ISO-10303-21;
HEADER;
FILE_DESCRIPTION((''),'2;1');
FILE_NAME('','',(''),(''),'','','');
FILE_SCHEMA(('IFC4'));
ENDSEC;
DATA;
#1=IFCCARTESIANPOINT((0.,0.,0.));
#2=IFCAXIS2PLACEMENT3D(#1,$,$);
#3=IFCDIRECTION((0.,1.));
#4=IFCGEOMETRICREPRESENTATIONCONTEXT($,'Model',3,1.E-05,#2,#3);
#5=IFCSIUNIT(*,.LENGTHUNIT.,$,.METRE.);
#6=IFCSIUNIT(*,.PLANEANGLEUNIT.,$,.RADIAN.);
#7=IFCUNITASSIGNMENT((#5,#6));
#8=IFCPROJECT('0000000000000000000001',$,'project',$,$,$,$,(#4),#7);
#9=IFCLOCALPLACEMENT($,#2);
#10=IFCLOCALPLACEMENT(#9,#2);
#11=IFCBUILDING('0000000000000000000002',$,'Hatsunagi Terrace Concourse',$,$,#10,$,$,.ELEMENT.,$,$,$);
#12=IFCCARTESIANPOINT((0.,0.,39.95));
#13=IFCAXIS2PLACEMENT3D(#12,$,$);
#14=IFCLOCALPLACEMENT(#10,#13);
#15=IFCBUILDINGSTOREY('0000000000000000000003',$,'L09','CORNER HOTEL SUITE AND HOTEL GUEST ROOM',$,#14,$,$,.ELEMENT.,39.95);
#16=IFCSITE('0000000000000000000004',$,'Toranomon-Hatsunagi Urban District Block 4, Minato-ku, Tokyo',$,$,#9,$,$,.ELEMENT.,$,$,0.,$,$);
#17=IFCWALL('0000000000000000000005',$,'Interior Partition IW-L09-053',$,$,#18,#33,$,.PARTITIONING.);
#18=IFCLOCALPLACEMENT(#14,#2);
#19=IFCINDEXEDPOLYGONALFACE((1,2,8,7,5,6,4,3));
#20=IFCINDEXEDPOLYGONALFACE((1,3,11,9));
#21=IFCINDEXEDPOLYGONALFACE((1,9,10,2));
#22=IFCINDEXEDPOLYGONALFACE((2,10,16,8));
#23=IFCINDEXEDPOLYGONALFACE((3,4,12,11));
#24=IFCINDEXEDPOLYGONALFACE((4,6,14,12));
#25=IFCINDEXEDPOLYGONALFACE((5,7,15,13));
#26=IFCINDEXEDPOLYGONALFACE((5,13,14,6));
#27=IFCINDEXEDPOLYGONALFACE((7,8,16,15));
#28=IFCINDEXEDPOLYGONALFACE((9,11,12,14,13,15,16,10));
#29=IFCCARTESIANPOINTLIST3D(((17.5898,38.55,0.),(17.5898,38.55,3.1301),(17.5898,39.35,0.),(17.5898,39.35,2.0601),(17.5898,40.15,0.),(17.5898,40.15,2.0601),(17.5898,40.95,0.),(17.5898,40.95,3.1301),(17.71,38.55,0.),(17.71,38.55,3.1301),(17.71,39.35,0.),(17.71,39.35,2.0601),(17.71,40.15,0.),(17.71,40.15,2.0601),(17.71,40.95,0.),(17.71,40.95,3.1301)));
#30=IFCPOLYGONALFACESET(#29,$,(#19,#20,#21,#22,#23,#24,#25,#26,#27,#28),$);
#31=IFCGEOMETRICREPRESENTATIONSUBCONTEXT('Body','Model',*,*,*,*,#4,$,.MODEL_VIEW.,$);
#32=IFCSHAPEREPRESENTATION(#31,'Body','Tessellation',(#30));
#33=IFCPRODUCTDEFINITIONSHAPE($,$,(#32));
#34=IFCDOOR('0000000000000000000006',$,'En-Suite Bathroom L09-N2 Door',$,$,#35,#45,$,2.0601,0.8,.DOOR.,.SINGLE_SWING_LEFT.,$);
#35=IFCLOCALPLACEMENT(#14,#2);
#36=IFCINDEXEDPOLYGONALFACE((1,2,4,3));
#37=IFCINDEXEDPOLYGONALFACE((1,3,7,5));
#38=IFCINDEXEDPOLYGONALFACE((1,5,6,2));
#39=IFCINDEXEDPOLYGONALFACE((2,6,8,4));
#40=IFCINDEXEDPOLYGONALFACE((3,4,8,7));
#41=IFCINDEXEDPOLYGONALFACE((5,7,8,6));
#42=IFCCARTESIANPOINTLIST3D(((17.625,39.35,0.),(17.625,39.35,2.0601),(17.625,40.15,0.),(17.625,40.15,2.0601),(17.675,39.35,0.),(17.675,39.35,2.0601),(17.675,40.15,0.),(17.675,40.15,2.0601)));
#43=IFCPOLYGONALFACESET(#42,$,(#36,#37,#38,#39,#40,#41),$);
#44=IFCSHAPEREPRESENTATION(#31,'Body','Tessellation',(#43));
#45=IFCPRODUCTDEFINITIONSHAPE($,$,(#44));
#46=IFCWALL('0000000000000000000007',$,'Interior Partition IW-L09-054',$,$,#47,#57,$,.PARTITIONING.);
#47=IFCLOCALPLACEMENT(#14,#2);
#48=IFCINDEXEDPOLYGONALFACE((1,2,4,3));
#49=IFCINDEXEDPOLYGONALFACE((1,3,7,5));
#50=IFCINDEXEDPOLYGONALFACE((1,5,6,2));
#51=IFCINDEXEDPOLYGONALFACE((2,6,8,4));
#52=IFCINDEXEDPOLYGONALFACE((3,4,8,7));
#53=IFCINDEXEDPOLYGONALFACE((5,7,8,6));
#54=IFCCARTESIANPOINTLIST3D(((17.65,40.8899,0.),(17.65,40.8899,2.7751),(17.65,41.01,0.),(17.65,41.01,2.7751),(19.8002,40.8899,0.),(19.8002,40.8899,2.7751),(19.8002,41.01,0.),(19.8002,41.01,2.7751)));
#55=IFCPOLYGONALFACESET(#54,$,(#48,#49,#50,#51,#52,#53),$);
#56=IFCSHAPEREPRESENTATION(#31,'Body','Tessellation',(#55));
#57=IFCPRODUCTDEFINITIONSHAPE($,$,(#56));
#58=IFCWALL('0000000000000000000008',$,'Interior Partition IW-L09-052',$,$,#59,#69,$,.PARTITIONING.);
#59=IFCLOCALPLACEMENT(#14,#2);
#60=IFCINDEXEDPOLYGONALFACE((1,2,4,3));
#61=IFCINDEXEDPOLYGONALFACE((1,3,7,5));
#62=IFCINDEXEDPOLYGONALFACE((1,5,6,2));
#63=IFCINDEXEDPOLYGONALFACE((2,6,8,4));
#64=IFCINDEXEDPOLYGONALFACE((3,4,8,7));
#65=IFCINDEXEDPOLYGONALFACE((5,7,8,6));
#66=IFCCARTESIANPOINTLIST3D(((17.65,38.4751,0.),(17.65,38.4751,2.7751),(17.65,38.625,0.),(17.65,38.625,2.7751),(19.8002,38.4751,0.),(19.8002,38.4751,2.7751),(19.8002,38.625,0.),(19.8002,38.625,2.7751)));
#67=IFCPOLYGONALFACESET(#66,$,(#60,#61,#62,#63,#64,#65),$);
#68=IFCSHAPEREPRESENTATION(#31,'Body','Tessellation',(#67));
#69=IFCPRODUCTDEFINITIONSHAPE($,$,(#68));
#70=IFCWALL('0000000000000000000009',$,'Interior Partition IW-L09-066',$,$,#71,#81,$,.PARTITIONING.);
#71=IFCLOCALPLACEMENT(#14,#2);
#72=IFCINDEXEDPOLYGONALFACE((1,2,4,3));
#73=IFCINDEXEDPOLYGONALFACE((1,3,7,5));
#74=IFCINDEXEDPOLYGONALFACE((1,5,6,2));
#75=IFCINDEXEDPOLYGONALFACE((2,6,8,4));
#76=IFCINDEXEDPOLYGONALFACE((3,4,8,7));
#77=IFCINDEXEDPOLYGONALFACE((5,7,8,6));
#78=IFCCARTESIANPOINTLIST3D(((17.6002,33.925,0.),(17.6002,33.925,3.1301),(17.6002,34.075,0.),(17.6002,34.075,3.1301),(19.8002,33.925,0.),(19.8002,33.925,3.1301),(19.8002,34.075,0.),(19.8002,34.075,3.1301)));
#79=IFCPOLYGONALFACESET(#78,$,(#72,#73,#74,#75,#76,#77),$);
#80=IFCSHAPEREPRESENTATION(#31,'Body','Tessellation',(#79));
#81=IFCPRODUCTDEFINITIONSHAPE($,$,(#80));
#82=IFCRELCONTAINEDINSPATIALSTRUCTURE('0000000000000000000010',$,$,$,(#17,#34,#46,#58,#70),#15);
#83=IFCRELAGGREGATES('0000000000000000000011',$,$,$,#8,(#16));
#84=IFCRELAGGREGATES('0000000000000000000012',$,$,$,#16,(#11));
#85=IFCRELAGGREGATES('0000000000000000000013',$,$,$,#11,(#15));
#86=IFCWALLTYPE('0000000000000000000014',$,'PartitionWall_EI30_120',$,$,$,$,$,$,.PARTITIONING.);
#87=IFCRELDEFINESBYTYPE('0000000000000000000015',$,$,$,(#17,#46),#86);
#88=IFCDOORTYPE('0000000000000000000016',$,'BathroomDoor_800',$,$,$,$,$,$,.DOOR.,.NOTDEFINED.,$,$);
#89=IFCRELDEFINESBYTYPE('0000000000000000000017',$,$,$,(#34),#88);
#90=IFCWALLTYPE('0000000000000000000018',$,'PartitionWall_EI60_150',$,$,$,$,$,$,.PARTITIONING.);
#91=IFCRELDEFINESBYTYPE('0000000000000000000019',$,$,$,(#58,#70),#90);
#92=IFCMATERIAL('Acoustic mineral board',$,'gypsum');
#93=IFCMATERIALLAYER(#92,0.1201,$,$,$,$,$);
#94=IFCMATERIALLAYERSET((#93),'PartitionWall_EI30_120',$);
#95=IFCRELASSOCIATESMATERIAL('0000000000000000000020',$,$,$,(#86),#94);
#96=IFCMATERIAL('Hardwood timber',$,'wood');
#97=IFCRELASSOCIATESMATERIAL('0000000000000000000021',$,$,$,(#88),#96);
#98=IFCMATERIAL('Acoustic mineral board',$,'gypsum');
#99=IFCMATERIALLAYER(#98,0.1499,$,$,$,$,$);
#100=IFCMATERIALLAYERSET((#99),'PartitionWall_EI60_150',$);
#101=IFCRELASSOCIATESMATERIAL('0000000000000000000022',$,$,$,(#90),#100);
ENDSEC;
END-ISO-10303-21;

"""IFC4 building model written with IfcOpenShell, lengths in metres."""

from ifc_helpers import new_model, si_unit, direction, frame, frame_2d, origin, place, context, subcontext, project, spatial, rectangle, extrude, material, layer, layer_set, type_object, element, fill, save


model = new_model("IFC4")

# Units and contexts
model_context = context("Model", 3, precision=1e-05, world=origin(), true_north=direction((0.0, 1.0)))
body_context = subcontext(model_context, "Body", "Model", "MODEL_VIEW")
ifc_project = project(units=[si_unit("LENGTHUNIT", "METRE"), si_unit("PLANEANGLEUNIT", "RADIAN")], contexts=[model_context])

# Site, building, storey
site_placement = place(None, origin())
site = spatial("IfcSite", under=ifc_project, at=site_placement, Name="Toranomon-Hatsunagi Urban District Block 4, Minato-ku, Tokyo", CompositionType="ELEMENT", RefElevation=0.0)
building_placement = place(site_placement, origin())
building = spatial("IfcBuilding", under=site, at=building_placement, Name="Hatsunagi Terrace Concourse", CompositionType="ELEMENT")
storey_placement = place(building_placement, frame((0.0, 0.0, 39.95)))
storey = spatial("IfcBuildingStorey", under=building, at=storey_placement, Name="L09", Description="CORNER HOTEL SUITE AND HOTEL GUEST ROOM", CompositionType="ELEMENT", Elevation=39.95)

# Wall, opening, door
ifc_material_1 = material(Name="Acoustic mineral board", Category="gypsum")
ifc_layer_1 = layer(ifc_material_1, 0.1201)
ifc_layer_set_1 = layer_set([ifc_layer_1], Name="PartitionWall_EI30_120")
wall_type_1 = type_object("IfcWallType", Name="PartitionWall_EI30_120", PredefinedType="PARTITIONING", material=ifc_layer_set_1)
wall_1_placement = place(storey_placement, frame((17.6499, 38.55, 0.0), z_axis=(0.0, 0.0, 1.0), x_axis=(0.0, 1.0, 0.0)))
wall_1 = element("IfcWall", 1, at=wall_1_placement, inside=storey, type_object=wall_type_1, Name="Interior Partition IW-L09-053", PredefinedType="PARTITIONING", context=body_context, shape_type="SweptSolid", body=[
    extrude(rectangle(XDim=2.3999, YDim=0.1201, at=frame_2d((1.2, 0.0))), origin(), (0.0, 0.0, 1.0), 3.1301),
])
opening_1_placement = place(wall_1_placement, frame((0.8, 0.0, 0.0)))
opening_1 = element("IfcOpeningElement", 2, at=opening_1_placement, cuts=wall_1, PredefinedType="OPENING", context=body_context, shape_type="SweptSolid", body=[
    extrude(rectangle(XDim=0.8, YDim=2.0601, at=frame_2d((0.3999, 1.03))), frame((0.0, 0.0701, 0.0), z_axis=(0.0, -1.0, 0.0), x_axis=(1.0, 0.0, 0.0)), (0.0, 0.0, 1.0), 0.1401),
])
ifc_material_2 = material(Name="Hardwood timber", Category="wood")
door_type_1 = type_object("IfcDoorType", Name="BathroomDoor_800", OperationType="NOTDEFINED", PredefinedType="DOOR", material=ifc_material_2)
door_1_placement = place(opening_1_placement, origin())
door_1 = element("IfcDoor", 3, at=door_1_placement, inside=storey, type_object=door_type_1, Name="En-Suite Bathroom L09-N2 Door", OperationType="SINGLE_SWING_LEFT", OverallHeight=2.0601, OverallWidth=0.8, PredefinedType="DOOR", context=body_context, shape_type="SweptSolid", body=[
    extrude(rectangle(XDim=0.8, YDim=2.0601, at=frame_2d((0.3999, 1.03))), frame((0.0, 0.0249, 0.0), z_axis=(0.0, -1.0, 0.0), x_axis=(1.0, 0.0, 0.0)), (0.0, 0.0, 1.0), 0.05),
])
fill(opening_1, door_1)

# Walls
wall_2_placement = place(storey_placement, frame((17.6499, 40.95, 0.0), z_axis=(0.0, 0.0, 1.0), x_axis=(1.0, 0.0, 0.0)))
element("IfcWall", 4, at=wall_2_placement, inside=storey, type_object=wall_type_1, Name="Interior Partition IW-L09-054", PredefinedType="PARTITIONING", context=body_context, shape_type="SweptSolid", body=[
    extrude(rectangle(XDim=2.1501, YDim=0.1201, at=frame_2d((1.0752, 0.0))), origin(), (0.0, 0.0, 1.0), 2.7751),
])
ifc_material_3 = material(Name="Acoustic mineral board", Category="gypsum")
ifc_layer_2 = layer(ifc_material_3, 0.1499)
ifc_layer_set_2 = layer_set([ifc_layer_2], Name="PartitionWall_EI60_150")
wall_type_2 = type_object("IfcWallType", Name="PartitionWall_EI60_150", PredefinedType="PARTITIONING", material=ifc_layer_set_2)
wall_3_placement = place(storey_placement, frame((17.6499, 38.55, 0.0), z_axis=(0.0, 0.0, 1.0), x_axis=(1.0, 0.0, 0.0)))
element("IfcWall", 5, at=wall_3_placement, inside=storey, type_object=wall_type_2, Name="Interior Partition IW-L09-052", PredefinedType="PARTITIONING", context=body_context, shape_type="SweptSolid", body=[
    extrude(rectangle(XDim=2.1501, YDim=0.1499, at=frame_2d((1.0752, 0.0))), origin(), (0.0, 0.0, 1.0), 2.7751),
])

# Wall
wall_4_placement = place(storey_placement, frame((17.6001, 34.0, 0.0), z_axis=(0.0, 0.0, 1.0), x_axis=(1.0, 0.0, 0.0)))
element("IfcWall", 6, at=wall_4_placement, inside=storey, type_object=wall_type_2, Name="Interior Partition IW-L09-066", PredefinedType="PARTITIONING", context=body_context, shape_type="SweptSolid", body=[
    extrude(rectangle(XDim=2.2, YDim=0.1499, at=frame_2d((1.1001, 0.0))), origin(), (0.0, 0.0, 1.0), 3.1301),
])

save(model, "model.ifc")
